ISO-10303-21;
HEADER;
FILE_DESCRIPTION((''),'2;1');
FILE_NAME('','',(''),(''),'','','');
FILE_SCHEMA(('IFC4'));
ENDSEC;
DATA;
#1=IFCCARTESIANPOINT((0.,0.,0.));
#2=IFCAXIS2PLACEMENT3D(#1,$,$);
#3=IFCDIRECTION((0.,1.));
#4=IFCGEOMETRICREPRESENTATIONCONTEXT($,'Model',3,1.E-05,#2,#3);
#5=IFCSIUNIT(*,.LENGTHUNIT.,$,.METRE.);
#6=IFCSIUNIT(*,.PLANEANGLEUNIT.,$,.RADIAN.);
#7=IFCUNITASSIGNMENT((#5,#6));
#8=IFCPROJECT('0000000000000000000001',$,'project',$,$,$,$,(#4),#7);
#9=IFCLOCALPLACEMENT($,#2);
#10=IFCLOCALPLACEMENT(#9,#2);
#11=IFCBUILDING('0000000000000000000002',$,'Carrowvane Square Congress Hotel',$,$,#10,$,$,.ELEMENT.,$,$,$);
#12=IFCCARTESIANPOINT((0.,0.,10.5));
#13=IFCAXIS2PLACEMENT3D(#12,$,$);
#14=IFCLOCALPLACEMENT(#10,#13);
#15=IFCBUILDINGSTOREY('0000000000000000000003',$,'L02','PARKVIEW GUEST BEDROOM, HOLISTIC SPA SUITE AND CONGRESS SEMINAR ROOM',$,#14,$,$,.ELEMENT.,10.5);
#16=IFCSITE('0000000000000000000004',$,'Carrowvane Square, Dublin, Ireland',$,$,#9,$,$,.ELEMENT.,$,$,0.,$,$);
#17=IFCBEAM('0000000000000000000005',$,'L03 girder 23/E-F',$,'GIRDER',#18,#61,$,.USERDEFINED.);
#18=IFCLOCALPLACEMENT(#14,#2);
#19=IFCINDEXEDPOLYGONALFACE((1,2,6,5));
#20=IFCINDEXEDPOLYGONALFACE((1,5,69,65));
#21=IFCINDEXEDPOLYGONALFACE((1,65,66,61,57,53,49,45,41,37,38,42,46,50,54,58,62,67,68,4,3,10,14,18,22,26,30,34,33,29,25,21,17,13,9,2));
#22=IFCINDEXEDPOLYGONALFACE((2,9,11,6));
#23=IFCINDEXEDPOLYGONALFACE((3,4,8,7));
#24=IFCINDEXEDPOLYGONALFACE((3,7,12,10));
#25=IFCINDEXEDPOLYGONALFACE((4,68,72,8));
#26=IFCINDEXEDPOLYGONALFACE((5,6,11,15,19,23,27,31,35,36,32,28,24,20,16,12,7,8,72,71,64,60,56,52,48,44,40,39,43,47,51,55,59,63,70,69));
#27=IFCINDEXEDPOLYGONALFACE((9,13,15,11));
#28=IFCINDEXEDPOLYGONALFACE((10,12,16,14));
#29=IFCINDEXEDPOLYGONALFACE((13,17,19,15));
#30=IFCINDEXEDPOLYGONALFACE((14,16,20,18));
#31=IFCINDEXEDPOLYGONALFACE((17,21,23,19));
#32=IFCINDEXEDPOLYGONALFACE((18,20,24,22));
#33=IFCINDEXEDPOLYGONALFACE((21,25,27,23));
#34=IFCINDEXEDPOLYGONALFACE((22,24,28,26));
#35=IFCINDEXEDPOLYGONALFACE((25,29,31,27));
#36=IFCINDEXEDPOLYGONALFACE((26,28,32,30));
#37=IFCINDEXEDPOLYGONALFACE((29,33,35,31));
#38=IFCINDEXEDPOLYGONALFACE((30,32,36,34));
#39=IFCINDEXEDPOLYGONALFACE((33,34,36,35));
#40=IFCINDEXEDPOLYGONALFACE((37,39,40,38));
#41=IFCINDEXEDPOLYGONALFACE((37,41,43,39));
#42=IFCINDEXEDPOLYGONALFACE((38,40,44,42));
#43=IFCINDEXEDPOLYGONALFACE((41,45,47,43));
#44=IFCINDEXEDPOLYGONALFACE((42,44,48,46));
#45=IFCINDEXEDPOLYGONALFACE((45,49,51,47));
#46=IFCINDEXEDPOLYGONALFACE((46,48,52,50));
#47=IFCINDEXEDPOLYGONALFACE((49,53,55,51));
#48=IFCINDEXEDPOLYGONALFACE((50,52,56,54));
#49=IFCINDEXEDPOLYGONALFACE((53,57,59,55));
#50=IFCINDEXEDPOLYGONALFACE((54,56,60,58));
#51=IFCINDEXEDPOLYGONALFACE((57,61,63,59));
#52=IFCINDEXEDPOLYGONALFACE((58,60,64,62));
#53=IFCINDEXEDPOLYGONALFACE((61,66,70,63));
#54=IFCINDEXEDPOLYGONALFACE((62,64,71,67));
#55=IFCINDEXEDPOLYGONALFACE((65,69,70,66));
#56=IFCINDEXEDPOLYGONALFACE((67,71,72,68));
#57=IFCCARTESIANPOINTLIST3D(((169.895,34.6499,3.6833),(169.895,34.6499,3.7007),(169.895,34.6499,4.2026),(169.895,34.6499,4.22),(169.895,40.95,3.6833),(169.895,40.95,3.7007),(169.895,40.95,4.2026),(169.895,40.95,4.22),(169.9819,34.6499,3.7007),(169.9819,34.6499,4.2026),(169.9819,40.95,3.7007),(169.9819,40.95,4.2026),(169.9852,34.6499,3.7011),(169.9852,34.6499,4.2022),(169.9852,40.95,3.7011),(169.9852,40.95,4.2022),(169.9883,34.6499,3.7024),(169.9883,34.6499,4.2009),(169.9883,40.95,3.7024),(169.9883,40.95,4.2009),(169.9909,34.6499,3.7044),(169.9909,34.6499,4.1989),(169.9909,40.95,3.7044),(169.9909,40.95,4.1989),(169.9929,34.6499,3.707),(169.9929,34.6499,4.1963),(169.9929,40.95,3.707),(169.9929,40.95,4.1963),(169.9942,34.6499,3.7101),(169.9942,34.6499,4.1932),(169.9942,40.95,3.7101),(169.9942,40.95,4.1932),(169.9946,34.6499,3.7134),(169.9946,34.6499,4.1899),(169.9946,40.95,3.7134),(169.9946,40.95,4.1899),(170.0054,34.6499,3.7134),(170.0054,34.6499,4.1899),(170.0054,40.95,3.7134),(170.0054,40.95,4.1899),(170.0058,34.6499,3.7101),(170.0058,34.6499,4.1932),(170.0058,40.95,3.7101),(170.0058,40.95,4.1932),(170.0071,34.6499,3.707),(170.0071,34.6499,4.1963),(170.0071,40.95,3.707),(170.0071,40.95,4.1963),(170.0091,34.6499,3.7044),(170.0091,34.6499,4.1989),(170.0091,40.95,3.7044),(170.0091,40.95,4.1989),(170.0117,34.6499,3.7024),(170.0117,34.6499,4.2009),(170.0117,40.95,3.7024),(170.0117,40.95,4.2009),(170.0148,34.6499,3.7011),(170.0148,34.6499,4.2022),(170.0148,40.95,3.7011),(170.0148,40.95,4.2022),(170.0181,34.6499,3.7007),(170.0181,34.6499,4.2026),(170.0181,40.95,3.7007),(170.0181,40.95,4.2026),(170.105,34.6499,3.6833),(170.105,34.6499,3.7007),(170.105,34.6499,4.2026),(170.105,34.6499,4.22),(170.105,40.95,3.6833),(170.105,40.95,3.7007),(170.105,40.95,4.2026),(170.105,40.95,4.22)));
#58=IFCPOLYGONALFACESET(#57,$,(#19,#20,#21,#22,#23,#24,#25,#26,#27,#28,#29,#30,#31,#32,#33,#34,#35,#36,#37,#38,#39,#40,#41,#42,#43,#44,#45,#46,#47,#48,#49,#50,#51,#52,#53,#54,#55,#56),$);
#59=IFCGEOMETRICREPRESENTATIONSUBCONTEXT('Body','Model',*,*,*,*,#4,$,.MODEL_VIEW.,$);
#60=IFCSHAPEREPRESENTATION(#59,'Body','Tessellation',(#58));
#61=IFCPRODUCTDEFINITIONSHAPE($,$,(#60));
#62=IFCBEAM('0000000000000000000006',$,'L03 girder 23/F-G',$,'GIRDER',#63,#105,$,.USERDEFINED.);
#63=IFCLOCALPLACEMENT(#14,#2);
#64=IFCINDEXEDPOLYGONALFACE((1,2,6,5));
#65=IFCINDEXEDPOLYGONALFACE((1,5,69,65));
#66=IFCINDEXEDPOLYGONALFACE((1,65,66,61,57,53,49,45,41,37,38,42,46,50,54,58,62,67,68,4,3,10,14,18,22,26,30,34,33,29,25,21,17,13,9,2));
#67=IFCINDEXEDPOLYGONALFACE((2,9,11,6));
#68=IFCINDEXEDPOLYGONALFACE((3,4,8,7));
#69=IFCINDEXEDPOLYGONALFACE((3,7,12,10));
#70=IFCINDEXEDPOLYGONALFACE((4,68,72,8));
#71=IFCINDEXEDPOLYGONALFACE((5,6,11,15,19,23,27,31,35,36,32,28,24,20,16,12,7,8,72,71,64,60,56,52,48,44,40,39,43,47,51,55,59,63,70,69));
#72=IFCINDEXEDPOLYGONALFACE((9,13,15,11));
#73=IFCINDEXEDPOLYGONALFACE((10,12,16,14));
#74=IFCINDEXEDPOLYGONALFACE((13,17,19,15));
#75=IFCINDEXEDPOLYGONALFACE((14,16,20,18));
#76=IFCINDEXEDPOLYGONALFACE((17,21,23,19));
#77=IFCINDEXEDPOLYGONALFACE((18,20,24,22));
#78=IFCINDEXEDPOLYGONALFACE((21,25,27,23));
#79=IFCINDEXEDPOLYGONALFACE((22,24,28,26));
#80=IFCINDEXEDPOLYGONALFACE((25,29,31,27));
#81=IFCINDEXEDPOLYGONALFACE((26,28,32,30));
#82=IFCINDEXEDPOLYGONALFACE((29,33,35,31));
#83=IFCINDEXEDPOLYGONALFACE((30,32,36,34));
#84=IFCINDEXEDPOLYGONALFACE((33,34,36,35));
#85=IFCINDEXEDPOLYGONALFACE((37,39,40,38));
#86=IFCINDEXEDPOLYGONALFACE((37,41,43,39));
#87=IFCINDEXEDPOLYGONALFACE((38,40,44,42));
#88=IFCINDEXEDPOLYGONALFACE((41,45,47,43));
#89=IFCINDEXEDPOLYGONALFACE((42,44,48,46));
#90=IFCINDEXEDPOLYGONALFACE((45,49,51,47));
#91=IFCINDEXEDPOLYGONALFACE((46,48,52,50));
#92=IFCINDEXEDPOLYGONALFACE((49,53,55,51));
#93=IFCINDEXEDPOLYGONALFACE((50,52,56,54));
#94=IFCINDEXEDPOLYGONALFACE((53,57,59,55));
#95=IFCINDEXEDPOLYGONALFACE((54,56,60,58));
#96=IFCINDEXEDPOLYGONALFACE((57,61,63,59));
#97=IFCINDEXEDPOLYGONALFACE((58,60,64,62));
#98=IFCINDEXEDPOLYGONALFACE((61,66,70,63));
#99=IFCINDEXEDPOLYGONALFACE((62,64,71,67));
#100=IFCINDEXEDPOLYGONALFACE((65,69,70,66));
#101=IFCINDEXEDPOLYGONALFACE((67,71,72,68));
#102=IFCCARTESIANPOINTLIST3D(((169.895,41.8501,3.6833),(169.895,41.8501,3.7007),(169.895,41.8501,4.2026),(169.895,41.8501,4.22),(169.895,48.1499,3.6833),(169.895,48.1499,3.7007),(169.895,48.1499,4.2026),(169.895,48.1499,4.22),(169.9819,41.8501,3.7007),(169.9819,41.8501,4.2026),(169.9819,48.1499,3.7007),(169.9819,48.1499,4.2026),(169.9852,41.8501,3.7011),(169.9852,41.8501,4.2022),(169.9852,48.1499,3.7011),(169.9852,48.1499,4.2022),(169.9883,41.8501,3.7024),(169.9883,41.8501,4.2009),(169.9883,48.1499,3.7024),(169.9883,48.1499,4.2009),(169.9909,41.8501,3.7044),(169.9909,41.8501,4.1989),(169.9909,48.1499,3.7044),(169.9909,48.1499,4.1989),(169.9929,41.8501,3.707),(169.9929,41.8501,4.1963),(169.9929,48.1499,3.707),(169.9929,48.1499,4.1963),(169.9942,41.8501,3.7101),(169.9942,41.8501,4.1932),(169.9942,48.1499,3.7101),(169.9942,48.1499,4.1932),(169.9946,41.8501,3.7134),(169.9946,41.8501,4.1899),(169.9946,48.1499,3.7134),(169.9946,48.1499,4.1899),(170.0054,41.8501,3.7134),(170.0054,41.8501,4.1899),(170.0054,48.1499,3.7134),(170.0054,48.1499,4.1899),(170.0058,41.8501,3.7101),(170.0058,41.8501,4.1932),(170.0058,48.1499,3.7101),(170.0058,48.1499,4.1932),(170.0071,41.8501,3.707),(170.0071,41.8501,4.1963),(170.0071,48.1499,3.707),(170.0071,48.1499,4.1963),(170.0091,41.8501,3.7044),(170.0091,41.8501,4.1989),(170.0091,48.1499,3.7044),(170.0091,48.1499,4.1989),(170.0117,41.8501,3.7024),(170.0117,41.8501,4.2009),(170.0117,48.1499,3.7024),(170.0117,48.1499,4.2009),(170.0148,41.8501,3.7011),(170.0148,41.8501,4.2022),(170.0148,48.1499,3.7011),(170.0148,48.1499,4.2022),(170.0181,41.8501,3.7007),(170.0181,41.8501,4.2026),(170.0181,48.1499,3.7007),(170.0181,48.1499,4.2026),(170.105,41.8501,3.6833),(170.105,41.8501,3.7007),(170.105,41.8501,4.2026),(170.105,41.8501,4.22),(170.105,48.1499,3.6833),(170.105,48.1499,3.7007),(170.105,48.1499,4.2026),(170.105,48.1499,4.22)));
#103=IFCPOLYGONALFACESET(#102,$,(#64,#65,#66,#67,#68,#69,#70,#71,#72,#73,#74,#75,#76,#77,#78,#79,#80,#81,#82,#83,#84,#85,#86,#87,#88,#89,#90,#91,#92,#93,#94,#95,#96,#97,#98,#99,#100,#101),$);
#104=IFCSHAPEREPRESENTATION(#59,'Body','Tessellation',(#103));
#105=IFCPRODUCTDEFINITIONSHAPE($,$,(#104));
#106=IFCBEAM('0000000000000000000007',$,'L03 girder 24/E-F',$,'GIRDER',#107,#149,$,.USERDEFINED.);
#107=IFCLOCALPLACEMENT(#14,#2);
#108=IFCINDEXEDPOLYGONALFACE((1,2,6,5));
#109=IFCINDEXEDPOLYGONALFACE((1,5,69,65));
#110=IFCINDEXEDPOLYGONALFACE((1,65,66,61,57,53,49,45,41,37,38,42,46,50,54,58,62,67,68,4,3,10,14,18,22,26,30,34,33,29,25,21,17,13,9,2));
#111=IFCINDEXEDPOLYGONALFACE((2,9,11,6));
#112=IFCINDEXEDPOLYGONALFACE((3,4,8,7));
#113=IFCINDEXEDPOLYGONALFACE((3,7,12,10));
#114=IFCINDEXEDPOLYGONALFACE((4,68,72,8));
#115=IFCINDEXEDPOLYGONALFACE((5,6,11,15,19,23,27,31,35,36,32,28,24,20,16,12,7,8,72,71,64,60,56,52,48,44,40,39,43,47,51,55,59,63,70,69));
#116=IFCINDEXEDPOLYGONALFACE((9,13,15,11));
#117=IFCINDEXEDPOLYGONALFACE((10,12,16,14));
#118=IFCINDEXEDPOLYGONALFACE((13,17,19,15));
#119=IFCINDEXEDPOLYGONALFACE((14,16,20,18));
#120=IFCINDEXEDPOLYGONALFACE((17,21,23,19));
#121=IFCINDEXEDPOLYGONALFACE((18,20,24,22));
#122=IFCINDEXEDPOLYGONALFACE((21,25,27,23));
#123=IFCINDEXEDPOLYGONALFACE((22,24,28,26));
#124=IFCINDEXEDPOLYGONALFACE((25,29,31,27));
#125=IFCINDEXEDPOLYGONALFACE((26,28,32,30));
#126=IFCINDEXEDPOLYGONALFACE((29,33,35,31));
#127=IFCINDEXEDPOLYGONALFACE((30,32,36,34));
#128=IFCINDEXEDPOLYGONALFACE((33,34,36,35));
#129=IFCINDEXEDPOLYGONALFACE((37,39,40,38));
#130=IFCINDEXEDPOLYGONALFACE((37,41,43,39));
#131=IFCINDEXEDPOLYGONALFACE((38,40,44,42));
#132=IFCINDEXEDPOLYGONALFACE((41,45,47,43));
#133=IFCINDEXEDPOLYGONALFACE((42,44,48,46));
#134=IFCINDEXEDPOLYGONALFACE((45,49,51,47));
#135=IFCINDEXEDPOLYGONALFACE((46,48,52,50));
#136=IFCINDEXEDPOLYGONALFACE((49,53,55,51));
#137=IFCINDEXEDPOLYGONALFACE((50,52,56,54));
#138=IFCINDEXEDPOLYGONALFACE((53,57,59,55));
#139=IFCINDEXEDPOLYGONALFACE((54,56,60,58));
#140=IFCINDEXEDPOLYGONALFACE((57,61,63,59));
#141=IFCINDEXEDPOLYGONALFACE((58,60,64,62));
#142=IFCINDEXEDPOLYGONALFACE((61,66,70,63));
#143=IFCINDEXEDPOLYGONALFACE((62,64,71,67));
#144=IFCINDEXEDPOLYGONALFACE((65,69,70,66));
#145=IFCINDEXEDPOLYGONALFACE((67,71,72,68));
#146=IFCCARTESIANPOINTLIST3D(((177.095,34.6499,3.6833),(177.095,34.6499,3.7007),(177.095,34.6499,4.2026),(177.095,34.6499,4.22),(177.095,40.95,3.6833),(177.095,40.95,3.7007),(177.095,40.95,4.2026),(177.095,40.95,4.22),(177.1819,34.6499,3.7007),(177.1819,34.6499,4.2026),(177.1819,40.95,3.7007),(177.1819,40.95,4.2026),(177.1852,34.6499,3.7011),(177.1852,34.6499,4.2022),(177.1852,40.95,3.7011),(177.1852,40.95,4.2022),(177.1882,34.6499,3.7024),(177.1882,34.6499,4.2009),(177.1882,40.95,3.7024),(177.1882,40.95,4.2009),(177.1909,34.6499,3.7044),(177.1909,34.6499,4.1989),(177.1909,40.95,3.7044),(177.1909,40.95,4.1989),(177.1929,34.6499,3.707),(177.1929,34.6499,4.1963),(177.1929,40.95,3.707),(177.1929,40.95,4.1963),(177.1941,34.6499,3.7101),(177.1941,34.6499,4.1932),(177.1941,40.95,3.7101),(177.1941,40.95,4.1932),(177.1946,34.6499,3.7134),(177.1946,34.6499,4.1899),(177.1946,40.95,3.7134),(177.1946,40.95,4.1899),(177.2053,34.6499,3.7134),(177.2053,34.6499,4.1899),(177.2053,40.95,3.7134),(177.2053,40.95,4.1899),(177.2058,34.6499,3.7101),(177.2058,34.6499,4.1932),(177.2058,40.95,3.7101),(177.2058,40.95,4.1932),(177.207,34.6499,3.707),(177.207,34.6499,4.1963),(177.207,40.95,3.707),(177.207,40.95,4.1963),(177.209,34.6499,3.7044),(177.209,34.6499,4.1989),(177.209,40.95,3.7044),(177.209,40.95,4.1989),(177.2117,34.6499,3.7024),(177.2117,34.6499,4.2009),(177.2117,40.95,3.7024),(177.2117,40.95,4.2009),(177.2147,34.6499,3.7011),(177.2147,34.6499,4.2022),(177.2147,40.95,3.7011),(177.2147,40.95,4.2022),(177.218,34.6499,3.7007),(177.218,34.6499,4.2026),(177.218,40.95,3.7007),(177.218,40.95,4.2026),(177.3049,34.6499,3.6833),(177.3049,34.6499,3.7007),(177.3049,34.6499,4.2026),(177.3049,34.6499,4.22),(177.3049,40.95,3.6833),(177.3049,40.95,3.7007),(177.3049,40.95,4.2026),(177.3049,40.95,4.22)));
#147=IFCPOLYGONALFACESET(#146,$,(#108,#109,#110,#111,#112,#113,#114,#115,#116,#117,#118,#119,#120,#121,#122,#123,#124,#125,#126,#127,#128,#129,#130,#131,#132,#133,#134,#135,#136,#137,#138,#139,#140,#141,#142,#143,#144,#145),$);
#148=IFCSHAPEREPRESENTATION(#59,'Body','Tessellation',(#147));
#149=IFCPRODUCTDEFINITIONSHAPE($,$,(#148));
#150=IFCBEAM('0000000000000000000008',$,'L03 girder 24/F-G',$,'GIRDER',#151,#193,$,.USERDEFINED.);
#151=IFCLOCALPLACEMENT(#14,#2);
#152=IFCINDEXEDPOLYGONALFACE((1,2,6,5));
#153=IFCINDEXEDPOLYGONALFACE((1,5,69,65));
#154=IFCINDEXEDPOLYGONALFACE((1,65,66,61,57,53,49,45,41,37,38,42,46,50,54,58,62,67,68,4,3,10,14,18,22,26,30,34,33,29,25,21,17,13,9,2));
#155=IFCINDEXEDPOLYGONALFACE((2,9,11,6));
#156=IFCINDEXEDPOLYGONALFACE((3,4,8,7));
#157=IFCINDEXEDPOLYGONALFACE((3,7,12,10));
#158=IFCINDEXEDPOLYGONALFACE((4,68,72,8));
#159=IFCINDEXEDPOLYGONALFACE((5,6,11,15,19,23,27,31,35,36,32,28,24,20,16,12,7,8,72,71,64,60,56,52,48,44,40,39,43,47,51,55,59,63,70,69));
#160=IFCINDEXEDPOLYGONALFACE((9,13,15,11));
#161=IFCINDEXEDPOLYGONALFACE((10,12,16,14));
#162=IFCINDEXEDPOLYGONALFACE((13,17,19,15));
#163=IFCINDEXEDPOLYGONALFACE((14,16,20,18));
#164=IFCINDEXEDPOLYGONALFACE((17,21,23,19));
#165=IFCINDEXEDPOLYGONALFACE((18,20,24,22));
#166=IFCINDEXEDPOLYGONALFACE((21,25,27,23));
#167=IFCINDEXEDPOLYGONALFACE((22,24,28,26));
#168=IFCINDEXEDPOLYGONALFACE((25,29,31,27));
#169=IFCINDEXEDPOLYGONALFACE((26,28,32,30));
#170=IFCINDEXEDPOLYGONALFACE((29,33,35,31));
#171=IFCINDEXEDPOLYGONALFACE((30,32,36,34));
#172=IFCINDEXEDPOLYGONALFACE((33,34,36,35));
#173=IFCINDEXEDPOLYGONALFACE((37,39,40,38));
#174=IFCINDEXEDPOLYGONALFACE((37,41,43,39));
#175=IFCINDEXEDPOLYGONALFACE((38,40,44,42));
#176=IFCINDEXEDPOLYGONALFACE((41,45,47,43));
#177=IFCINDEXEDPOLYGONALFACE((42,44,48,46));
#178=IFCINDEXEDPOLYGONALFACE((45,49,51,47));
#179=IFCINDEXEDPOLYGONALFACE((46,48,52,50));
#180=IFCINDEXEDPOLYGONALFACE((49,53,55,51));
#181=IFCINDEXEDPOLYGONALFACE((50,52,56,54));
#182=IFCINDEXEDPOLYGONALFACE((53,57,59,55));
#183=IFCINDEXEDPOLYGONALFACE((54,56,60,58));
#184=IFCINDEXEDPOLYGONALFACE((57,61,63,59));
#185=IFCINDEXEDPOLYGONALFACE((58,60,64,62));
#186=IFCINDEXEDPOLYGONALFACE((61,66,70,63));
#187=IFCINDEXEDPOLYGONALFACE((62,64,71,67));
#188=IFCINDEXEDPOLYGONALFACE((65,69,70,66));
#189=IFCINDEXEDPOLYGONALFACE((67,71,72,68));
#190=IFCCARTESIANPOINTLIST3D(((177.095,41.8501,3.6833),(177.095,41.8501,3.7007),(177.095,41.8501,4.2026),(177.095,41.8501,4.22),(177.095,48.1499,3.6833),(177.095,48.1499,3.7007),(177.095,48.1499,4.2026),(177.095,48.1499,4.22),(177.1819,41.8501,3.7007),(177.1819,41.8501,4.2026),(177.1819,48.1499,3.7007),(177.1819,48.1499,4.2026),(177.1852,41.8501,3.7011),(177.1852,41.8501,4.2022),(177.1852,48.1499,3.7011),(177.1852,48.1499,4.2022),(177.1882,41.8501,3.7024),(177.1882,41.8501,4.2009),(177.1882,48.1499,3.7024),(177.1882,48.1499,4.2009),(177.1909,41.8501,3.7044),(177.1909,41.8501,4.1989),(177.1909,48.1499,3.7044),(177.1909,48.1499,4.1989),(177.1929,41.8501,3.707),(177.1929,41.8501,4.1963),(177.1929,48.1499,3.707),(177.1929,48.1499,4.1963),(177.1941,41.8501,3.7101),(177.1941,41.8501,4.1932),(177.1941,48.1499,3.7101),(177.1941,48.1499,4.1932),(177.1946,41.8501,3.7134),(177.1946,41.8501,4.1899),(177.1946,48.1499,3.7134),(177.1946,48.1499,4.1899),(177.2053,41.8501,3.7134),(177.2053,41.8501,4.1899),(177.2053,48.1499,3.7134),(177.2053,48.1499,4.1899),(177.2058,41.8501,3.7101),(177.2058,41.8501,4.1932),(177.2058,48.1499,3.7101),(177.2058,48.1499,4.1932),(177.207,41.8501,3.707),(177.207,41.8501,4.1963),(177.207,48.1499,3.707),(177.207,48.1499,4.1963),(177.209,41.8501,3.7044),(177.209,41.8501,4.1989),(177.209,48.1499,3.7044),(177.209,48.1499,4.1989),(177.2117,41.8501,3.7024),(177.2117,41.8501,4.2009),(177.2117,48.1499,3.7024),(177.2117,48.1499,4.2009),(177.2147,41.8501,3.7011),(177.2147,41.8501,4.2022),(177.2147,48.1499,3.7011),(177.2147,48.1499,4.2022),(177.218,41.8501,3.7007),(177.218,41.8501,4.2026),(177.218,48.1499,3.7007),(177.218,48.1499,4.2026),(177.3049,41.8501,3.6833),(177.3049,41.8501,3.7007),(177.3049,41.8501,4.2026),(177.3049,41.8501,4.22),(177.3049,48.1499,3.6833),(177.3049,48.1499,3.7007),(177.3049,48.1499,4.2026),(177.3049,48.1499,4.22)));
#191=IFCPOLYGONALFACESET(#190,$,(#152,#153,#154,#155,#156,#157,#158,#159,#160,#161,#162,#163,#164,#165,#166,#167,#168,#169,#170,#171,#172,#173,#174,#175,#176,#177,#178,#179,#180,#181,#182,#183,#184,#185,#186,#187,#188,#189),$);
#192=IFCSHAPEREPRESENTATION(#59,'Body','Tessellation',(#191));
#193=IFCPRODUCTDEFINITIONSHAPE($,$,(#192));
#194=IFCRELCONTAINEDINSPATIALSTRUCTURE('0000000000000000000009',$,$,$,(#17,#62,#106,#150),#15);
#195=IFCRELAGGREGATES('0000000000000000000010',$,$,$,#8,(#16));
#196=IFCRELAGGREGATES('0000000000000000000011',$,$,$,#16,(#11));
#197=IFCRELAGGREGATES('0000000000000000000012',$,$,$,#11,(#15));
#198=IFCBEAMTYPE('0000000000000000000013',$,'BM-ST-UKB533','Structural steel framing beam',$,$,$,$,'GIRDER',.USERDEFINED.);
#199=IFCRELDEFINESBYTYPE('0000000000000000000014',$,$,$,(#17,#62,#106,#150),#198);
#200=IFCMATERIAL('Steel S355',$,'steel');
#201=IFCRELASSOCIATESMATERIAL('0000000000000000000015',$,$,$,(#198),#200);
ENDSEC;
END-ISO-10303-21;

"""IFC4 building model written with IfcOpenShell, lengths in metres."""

from ifc_helpers import new_model, si_unit, direction, frame, origin, origin_2d, place, context, subcontext, project, spatial, i_section, extrude, material, material_profile, profile_set, type_object, element, save


model = new_model("IFC4")

# Units and contexts
model_context = context("Model", 3, precision=1e-05, world=origin(), true_north=direction((0.0, 1.0)))
body_context = subcontext(model_context, "Body", "Model", "MODEL_VIEW")
ifc_project = project(units=[si_unit("LENGTHUNIT", "METRE"), si_unit("PLANEANGLEUNIT", "RADIAN")], contexts=[model_context])

# Site, building, storey
site_placement = place(None, origin())
site = spatial("IfcSite", under=ifc_project, at=site_placement, Name="Carrowvane Square, Dublin, Ireland", CompositionType="ELEMENT", RefElevation=0.0)
building_placement = place(site_placement, origin())
building = spatial("IfcBuilding", under=site, at=building_placement, Name="Carrowvane Square Congress Hotel", CompositionType="ELEMENT")
storey_placement = place(building_placement, frame((0.0, 0.0, 10.5)))
storey = spatial("IfcBuildingStorey", under=building, at=storey_placement, Name="L02", Description="PARKVIEW GUEST BEDROOM, HOLISTIC SPA SUITE AND CONGRESS SEMINAR ROOM", CompositionType="ELEMENT", Elevation=10.5)

# Beams
ifc_material_1 = material(Name="Steel S355", Category="steel")
ifc_material_profile_1 = material_profile(ifc_material_1, i_section(OverallWidth=0.21, OverallDepth=0.5366, WebThickness=0.0107, FlangeThickness=0.0173, FilletRadius=0.0127, at=origin_2d()), Name="UKB 533x210x101")
ifc_profile_set_1 = profile_set([ifc_material_profile_1], Name="Steel S355")
beam_type_1 = type_object("IfcBeamType", Name="BM-ST-UKB533", Description="Structural steel framing beam", ElementType="GIRDER", PredefinedType="USERDEFINED", material=ifc_profile_set_1)
for number, where, z_axis, x_axis, name in (
    (1, (170.0, 34.6499, 3.9517), (0.0, 1.0, 0.0), (-1.0, 0.0, 0.0), "L03 girder 23/E-F"),
):
    element("IfcBeam", number, at=place(storey_placement, frame(where, z_axis=z_axis, x_axis=x_axis)), inside=storey, type_object=beam_type_1, Name=name, ObjectType="GIRDER", PredefinedType="USERDEFINED", context=body_context, shape_type="SweptSolid", body=[
        extrude(i_section(OverallWidth=0.21, OverallDepth=0.5366, WebThickness=0.0107, FlangeThickness=0.0173, FilletRadius=0.0127, at=origin_2d()), origin(), (0.0, 0.0, 1.0), 6.3),
    ])
beam_1_placement = place(storey_placement, frame((170.0, 41.8501, 3.9517), z_axis=(0.0, 1.0, 0.0), x_axis=(-1.0, 0.0, 0.0)))
element("IfcBeam", 2, at=beam_1_placement, inside=storey, type_object=beam_type_1, Name="L03 girder 23/F-G", ObjectType="GIRDER", PredefinedType="USERDEFINED", context=body_context, shape_type="SweptSolid", body=[
    extrude(i_section(OverallWidth=0.21, OverallDepth=0.5366, WebThickness=0.0107, FlangeThickness=0.0173, FilletRadius=0.0127, at=origin_2d()), origin(), (0.0, 0.0, 1.0), 6.2998),
])
beam_2_placement = place(storey_placement, frame((177.2, 34.6499, 3.9517), z_axis=(0.0, 1.0, 0.0), x_axis=(-1.0, 0.0, 0.0)))
element("IfcBeam", 3, at=beam_2_placement, inside=storey, type_object=beam_type_1, Name="L03 girder 24/E-F", ObjectType="GIRDER", PredefinedType="USERDEFINED", context=body_context, shape_type="SweptSolid", body=[
    extrude(i_section(OverallWidth=0.21, OverallDepth=0.5366, WebThickness=0.0107, FlangeThickness=0.0173, FilletRadius=0.0127, at=origin_2d()), origin(), (0.0, 0.0, 1.0), 6.3),
])
beam_3_placement = place(storey_placement, frame((177.2, 41.8501, 3.9517), z_axis=(0.0, 1.0, 0.0), x_axis=(-1.0, 0.0, 0.0)))
element("IfcBeam", 4, at=beam_3_placement, inside=storey, type_object=beam_type_1, Name="L03 girder 24/F-G", ObjectType="GIRDER", PredefinedType="USERDEFINED", context=body_context, shape_type="SweptSolid", body=[
    extrude(i_section(OverallWidth=0.21, OverallDepth=0.5366, WebThickness=0.0107, FlangeThickness=0.0173, FilletRadius=0.0127, at=origin_2d()), origin(), (0.0, 0.0, 1.0), 6.2998),
])

save(model, "model.ifc")
